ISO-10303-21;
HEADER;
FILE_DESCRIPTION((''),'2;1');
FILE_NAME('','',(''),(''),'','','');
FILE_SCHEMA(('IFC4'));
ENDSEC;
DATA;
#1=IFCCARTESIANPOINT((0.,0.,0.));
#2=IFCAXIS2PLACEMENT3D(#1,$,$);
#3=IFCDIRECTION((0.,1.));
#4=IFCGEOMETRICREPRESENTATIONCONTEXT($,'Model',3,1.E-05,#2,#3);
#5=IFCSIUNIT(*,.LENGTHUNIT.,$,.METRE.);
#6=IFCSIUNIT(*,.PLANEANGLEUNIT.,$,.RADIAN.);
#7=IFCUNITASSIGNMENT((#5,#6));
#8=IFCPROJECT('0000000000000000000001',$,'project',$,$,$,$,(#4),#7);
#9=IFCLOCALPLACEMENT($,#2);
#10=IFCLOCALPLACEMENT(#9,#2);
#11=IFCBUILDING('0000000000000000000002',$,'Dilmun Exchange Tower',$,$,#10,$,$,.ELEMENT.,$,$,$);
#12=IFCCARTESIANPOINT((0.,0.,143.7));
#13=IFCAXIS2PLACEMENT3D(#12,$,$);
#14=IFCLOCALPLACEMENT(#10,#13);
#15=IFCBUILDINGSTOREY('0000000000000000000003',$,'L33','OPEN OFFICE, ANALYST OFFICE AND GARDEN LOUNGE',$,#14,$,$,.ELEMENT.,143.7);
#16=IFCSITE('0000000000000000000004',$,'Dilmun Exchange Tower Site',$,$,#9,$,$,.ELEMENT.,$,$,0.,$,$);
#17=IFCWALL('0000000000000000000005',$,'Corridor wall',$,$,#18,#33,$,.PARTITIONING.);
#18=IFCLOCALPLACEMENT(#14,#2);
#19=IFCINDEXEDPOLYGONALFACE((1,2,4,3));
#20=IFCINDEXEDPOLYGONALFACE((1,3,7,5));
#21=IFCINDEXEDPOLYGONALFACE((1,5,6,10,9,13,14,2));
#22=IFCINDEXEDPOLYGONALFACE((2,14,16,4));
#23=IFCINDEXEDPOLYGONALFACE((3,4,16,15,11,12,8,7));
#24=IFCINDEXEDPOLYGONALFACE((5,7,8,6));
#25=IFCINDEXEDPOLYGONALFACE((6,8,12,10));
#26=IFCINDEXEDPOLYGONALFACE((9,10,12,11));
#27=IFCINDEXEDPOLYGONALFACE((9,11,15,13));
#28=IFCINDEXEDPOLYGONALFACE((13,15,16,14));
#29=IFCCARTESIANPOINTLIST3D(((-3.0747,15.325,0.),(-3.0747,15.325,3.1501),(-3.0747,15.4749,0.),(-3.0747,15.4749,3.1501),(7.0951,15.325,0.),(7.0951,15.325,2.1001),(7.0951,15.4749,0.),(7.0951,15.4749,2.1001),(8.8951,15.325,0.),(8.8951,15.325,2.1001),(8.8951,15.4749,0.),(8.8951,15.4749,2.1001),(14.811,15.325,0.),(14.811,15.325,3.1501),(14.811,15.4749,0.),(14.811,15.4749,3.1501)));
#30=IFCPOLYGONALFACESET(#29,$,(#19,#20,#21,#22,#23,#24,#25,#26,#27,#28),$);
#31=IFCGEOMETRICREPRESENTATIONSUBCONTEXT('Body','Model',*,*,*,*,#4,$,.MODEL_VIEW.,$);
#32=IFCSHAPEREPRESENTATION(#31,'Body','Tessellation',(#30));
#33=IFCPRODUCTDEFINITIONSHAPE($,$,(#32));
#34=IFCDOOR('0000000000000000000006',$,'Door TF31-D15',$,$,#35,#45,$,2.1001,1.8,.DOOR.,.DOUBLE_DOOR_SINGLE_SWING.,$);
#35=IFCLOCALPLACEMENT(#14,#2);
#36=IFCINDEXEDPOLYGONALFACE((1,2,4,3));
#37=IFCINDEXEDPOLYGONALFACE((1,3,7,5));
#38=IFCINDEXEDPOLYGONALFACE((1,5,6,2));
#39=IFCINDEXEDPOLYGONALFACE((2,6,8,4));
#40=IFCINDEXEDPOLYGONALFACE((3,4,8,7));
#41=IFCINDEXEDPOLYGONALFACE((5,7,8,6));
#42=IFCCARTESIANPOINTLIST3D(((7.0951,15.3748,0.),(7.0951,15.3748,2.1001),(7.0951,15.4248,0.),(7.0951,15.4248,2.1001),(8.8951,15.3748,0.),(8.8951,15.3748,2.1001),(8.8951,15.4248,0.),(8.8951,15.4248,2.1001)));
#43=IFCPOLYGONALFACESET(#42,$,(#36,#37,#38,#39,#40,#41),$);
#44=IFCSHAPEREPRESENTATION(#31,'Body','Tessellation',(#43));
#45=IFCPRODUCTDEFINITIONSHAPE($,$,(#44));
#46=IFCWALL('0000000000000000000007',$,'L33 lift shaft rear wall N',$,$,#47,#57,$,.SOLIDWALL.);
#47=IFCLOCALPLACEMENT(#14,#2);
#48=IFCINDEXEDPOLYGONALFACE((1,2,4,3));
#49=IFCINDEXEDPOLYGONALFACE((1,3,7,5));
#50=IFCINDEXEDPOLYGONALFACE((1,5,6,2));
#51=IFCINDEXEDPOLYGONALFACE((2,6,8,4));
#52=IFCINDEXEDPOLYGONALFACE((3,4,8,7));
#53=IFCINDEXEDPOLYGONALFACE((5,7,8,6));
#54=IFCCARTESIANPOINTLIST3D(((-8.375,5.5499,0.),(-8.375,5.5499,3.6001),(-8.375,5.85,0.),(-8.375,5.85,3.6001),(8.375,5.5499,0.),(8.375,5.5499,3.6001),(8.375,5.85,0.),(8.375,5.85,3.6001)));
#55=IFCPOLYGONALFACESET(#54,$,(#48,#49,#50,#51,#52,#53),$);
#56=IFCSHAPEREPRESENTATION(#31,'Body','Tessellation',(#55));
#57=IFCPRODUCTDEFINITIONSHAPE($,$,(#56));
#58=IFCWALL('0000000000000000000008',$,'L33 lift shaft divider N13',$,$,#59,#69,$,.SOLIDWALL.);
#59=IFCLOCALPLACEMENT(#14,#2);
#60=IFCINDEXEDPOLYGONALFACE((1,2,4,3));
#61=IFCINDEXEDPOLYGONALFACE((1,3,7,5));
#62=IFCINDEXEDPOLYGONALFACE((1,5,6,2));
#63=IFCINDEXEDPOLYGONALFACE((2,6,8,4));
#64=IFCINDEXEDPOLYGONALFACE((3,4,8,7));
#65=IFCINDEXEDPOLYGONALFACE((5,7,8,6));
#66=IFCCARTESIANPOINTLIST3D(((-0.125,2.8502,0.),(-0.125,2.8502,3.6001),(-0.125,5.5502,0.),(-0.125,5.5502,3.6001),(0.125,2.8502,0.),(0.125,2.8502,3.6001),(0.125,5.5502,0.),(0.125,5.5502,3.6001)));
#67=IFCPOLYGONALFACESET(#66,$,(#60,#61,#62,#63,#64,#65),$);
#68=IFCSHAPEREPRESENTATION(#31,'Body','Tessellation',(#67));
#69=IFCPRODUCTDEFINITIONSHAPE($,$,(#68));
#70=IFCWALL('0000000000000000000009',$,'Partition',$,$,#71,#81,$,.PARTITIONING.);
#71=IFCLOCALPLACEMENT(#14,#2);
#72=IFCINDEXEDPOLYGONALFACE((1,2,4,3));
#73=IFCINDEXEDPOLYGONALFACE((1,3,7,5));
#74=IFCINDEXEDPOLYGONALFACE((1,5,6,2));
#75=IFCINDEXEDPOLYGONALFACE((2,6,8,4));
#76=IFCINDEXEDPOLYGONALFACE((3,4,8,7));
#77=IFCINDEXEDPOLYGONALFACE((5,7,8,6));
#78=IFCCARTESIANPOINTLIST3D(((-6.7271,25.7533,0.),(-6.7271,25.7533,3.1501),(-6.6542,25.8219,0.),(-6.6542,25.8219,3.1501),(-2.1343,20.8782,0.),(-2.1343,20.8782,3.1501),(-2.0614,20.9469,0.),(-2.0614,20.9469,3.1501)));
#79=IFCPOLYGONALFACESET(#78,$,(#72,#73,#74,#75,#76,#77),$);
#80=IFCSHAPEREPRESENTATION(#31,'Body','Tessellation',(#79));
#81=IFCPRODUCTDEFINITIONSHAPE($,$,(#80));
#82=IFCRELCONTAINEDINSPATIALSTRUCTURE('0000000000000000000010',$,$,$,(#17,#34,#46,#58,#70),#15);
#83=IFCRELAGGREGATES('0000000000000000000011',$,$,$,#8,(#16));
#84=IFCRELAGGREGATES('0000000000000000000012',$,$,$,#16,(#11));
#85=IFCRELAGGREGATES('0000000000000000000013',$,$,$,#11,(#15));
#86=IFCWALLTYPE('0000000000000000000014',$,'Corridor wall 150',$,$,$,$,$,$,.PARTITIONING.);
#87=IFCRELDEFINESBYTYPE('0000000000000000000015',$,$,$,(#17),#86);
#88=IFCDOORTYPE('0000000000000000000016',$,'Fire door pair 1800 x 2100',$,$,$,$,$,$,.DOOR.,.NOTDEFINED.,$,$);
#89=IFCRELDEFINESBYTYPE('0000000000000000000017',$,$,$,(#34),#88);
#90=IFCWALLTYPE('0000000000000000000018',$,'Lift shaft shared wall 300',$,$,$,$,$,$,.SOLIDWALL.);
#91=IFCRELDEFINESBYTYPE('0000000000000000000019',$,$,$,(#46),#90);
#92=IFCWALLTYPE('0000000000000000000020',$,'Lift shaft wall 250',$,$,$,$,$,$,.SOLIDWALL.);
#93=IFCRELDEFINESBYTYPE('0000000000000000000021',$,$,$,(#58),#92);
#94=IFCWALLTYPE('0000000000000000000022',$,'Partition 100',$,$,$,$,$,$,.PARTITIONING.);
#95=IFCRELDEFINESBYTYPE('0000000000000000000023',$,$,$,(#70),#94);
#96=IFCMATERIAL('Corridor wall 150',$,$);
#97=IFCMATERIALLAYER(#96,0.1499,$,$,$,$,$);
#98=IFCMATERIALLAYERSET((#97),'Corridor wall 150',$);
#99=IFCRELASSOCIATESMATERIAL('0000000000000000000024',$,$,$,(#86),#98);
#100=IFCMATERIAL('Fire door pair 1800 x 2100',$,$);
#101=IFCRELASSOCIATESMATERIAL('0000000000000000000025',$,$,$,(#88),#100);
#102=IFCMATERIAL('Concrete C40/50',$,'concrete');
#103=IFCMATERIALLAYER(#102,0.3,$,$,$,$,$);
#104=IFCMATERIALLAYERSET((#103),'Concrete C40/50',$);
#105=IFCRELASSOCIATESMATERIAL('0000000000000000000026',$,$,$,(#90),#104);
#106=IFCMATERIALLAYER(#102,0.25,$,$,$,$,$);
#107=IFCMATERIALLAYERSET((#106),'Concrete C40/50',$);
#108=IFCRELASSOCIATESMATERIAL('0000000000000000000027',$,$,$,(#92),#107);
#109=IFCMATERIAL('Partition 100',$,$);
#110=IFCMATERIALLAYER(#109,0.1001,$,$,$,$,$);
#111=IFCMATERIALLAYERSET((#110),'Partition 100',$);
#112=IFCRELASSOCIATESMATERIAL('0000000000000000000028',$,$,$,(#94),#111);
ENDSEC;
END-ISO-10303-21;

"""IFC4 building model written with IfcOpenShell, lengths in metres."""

from ifc_helpers import new_model, si_unit, direction, frame, frame_2d, origin, place, context, subcontext, project, spatial, rectangle, extrude, material, layer, layer_set, type_object, element, fill, save


model = new_model("IFC4")

# Units and contexts
model_context = context("Model", 3, precision=1e-05, world=origin(), true_north=direction((0.0, 1.0)))
body_context = subcontext(model_context, "Body", "Model", "MODEL_VIEW")
ifc_project = project(units=[si_unit("LENGTHUNIT", "METRE"), si_unit("PLANEANGLEUNIT", "RADIAN")], contexts=[model_context])

# Site, building, storey
site_placement = place(None, origin())
site = spatial("IfcSite", under=ifc_project, at=site_placement, Name="Dilmun Exchange Tower Site", CompositionType="ELEMENT", RefElevation=0.0)
building_placement = place(site_placement, origin())
building = spatial("IfcBuilding", under=site, at=building_placement, Name="Dilmun Exchange Tower", CompositionType="ELEMENT")
storey_placement = place(building_placement, frame((0.0, 0.0, 143.7)))
storey = spatial("IfcBuildingStorey", under=building, at=storey_placement, Name="L33", Description="OPEN OFFICE, ANALYST OFFICE AND GARDEN LOUNGE", CompositionType="ELEMENT", Elevation=143.7)

# Shared definitions
ifc_material_1 = material(Name="Concrete C40/50", Category="concrete")

# Shared definitions
ifc_material_2 = material(Name="Corridor wall 150")
ifc_layer_1 = layer(ifc_material_2, 0.1499)
ifc_layer_set_1 = layer_set([ifc_layer_1], Name="Corridor wall 150")
wall_type_1 = type_object("IfcWallType", Name="Corridor wall 150", PredefinedType="PARTITIONING", material=ifc_layer_set_1)

# Wall, opening, door
wall_1_placement = place(storey_placement, frame((-3.0747, 15.3999, 0.0), z_axis=(0.0, 0.0, 1.0), x_axis=(1.0, 0.0, 0.0)))
wall_1 = element("IfcWall", 1, at=wall_1_placement, inside=storey, type_object=wall_type_1, Name="Corridor wall", PredefinedType="PARTITIONING", context=body_context, shape_type="SweptSolid", body=[
    extrude(rectangle(XDim=17.8857, YDim=0.1499, at=frame_2d((8.9429, 0.0))), origin(), (0.0, 0.0, 1.0), 3.1501),
])
opening_1_placement = place(wall_1_placement, frame((10.1699, 0.0, 0.0)))
opening_1 = element("IfcOpeningElement", 2, at=opening_1_placement, cuts=wall_1, PredefinedType="OPENING", context=body_context, shape_type="SweptSolid", body=[
    extrude(rectangle(XDim=1.8, YDim=2.1001, at=frame_2d((0.8999, 1.05))), frame((0.0, 0.085, 0.0), z_axis=(0.0, -1.0, 0.0), x_axis=(1.0, 0.0, 0.0)), (0.0, 0.0, 1.0), 0.1699),
])
ifc_material_3 = material(Name="Fire door pair 1800 x 2100")
door_type_1 = type_object("IfcDoorType", Name="Fire door pair 1800 x 2100", OperationType="NOTDEFINED", PredefinedType="DOOR", material=ifc_material_3)
door_1_placement = place(opening_1_placement, origin())
door_1 = element("IfcDoor", 3, at=door_1_placement, inside=storey, type_object=door_type_1, Name="Door TF31-D15", OperationType="DOUBLE_DOOR_SINGLE_SWING", OverallHeight=2.1001, OverallWidth=1.8, PredefinedType="DOOR", context=body_context, shape_type="SweptSolid", body=[
    extrude(rectangle(XDim=1.8, YDim=2.1001, at=frame_2d((0.8999, 1.05))), frame((0.0, 0.0249, 0.0), z_axis=(0.0, -1.0, 0.0), x_axis=(1.0, 0.0, 0.0)), (0.0, 0.0, 1.0), 0.05),
])
fill(opening_1, door_1)

# Walls
ifc_layer_2 = layer(ifc_material_1, 0.3)
ifc_layer_set_2 = layer_set([ifc_layer_2], Name="Concrete C40/50")
wall_type_2 = type_object("IfcWallType", Name="Lift shaft shared wall 300", PredefinedType="SOLIDWALL", material=ifc_layer_set_2)
wall_2_placement = place(storey_placement, frame((-8.375, 5.7, 0.0), z_axis=(0.0, 0.0, 1.0), x_axis=(1.0, 0.0, 0.0)))
element("IfcWall", 4, at=wall_2_placement, inside=storey, type_object=wall_type_2, Name="L33 lift shaft rear wall N", PredefinedType="SOLIDWALL", context=body_context, shape_type="SweptSolid", body=[
    extrude(rectangle(XDim=16.75, YDim=0.3, at=frame_2d((8.375, 0.0))), origin(), (0.0, 0.0, 1.0), 3.6001),
])
ifc_layer_3 = layer(ifc_material_1, 0.25)
ifc_layer_set_3 = layer_set([ifc_layer_3], Name="Concrete C40/50")
wall_type_3 = type_object("IfcWallType", Name="Lift shaft wall 250", PredefinedType="SOLIDWALL", material=ifc_layer_set_3)
wall_3_placement = place(storey_placement, frame((0.0, 2.8501, 0.0), z_axis=(0.0, 0.0, 1.0), x_axis=(0.0, 1.0, 0.0)))
element("IfcWall", 5, at=wall_3_placement, inside=storey, type_object=wall_type_3, Name="L33 lift shaft divider N13", PredefinedType="SOLIDWALL", context=body_context, shape_type="SweptSolid", body=[
    extrude(rectangle(XDim=2.7, YDim=0.25, at=frame_2d((1.3501, 0.0))), origin(), (0.0, 0.0, 1.0), 3.6001),
])
ifc_material_4 = material(Name="Partition 100")
ifc_layer_4 = layer(ifc_material_4, 0.1001)
ifc_layer_set_4 = layer_set([ifc_layer_4], Name="Partition 100")
wall_type_4 = type_object("IfcWallType", Name="Partition 100", PredefinedType="PARTITIONING", material=ifc_layer_set_4)
wall_4_placement = place(storey_placement, frame((-6.6907, 25.7876, 0.0), z_axis=(0.0, 0.0, 1.0), x_axis=(0.685724, -0.727862, 0.0)))
element("IfcWall", 6, at=wall_4_placement, inside=storey, type_object=wall_type_4, Name="Partition", PredefinedType="PARTITIONING", context=body_context, shape_type="SweptSolid", body=[
    extrude(rectangle(XDim=6.6978, YDim=0.1001, at=frame_2d((3.3489, 0.0))), origin(), (0.0, 0.0, 1.0), 3.1501),
])

save(model, "model.ifc")
